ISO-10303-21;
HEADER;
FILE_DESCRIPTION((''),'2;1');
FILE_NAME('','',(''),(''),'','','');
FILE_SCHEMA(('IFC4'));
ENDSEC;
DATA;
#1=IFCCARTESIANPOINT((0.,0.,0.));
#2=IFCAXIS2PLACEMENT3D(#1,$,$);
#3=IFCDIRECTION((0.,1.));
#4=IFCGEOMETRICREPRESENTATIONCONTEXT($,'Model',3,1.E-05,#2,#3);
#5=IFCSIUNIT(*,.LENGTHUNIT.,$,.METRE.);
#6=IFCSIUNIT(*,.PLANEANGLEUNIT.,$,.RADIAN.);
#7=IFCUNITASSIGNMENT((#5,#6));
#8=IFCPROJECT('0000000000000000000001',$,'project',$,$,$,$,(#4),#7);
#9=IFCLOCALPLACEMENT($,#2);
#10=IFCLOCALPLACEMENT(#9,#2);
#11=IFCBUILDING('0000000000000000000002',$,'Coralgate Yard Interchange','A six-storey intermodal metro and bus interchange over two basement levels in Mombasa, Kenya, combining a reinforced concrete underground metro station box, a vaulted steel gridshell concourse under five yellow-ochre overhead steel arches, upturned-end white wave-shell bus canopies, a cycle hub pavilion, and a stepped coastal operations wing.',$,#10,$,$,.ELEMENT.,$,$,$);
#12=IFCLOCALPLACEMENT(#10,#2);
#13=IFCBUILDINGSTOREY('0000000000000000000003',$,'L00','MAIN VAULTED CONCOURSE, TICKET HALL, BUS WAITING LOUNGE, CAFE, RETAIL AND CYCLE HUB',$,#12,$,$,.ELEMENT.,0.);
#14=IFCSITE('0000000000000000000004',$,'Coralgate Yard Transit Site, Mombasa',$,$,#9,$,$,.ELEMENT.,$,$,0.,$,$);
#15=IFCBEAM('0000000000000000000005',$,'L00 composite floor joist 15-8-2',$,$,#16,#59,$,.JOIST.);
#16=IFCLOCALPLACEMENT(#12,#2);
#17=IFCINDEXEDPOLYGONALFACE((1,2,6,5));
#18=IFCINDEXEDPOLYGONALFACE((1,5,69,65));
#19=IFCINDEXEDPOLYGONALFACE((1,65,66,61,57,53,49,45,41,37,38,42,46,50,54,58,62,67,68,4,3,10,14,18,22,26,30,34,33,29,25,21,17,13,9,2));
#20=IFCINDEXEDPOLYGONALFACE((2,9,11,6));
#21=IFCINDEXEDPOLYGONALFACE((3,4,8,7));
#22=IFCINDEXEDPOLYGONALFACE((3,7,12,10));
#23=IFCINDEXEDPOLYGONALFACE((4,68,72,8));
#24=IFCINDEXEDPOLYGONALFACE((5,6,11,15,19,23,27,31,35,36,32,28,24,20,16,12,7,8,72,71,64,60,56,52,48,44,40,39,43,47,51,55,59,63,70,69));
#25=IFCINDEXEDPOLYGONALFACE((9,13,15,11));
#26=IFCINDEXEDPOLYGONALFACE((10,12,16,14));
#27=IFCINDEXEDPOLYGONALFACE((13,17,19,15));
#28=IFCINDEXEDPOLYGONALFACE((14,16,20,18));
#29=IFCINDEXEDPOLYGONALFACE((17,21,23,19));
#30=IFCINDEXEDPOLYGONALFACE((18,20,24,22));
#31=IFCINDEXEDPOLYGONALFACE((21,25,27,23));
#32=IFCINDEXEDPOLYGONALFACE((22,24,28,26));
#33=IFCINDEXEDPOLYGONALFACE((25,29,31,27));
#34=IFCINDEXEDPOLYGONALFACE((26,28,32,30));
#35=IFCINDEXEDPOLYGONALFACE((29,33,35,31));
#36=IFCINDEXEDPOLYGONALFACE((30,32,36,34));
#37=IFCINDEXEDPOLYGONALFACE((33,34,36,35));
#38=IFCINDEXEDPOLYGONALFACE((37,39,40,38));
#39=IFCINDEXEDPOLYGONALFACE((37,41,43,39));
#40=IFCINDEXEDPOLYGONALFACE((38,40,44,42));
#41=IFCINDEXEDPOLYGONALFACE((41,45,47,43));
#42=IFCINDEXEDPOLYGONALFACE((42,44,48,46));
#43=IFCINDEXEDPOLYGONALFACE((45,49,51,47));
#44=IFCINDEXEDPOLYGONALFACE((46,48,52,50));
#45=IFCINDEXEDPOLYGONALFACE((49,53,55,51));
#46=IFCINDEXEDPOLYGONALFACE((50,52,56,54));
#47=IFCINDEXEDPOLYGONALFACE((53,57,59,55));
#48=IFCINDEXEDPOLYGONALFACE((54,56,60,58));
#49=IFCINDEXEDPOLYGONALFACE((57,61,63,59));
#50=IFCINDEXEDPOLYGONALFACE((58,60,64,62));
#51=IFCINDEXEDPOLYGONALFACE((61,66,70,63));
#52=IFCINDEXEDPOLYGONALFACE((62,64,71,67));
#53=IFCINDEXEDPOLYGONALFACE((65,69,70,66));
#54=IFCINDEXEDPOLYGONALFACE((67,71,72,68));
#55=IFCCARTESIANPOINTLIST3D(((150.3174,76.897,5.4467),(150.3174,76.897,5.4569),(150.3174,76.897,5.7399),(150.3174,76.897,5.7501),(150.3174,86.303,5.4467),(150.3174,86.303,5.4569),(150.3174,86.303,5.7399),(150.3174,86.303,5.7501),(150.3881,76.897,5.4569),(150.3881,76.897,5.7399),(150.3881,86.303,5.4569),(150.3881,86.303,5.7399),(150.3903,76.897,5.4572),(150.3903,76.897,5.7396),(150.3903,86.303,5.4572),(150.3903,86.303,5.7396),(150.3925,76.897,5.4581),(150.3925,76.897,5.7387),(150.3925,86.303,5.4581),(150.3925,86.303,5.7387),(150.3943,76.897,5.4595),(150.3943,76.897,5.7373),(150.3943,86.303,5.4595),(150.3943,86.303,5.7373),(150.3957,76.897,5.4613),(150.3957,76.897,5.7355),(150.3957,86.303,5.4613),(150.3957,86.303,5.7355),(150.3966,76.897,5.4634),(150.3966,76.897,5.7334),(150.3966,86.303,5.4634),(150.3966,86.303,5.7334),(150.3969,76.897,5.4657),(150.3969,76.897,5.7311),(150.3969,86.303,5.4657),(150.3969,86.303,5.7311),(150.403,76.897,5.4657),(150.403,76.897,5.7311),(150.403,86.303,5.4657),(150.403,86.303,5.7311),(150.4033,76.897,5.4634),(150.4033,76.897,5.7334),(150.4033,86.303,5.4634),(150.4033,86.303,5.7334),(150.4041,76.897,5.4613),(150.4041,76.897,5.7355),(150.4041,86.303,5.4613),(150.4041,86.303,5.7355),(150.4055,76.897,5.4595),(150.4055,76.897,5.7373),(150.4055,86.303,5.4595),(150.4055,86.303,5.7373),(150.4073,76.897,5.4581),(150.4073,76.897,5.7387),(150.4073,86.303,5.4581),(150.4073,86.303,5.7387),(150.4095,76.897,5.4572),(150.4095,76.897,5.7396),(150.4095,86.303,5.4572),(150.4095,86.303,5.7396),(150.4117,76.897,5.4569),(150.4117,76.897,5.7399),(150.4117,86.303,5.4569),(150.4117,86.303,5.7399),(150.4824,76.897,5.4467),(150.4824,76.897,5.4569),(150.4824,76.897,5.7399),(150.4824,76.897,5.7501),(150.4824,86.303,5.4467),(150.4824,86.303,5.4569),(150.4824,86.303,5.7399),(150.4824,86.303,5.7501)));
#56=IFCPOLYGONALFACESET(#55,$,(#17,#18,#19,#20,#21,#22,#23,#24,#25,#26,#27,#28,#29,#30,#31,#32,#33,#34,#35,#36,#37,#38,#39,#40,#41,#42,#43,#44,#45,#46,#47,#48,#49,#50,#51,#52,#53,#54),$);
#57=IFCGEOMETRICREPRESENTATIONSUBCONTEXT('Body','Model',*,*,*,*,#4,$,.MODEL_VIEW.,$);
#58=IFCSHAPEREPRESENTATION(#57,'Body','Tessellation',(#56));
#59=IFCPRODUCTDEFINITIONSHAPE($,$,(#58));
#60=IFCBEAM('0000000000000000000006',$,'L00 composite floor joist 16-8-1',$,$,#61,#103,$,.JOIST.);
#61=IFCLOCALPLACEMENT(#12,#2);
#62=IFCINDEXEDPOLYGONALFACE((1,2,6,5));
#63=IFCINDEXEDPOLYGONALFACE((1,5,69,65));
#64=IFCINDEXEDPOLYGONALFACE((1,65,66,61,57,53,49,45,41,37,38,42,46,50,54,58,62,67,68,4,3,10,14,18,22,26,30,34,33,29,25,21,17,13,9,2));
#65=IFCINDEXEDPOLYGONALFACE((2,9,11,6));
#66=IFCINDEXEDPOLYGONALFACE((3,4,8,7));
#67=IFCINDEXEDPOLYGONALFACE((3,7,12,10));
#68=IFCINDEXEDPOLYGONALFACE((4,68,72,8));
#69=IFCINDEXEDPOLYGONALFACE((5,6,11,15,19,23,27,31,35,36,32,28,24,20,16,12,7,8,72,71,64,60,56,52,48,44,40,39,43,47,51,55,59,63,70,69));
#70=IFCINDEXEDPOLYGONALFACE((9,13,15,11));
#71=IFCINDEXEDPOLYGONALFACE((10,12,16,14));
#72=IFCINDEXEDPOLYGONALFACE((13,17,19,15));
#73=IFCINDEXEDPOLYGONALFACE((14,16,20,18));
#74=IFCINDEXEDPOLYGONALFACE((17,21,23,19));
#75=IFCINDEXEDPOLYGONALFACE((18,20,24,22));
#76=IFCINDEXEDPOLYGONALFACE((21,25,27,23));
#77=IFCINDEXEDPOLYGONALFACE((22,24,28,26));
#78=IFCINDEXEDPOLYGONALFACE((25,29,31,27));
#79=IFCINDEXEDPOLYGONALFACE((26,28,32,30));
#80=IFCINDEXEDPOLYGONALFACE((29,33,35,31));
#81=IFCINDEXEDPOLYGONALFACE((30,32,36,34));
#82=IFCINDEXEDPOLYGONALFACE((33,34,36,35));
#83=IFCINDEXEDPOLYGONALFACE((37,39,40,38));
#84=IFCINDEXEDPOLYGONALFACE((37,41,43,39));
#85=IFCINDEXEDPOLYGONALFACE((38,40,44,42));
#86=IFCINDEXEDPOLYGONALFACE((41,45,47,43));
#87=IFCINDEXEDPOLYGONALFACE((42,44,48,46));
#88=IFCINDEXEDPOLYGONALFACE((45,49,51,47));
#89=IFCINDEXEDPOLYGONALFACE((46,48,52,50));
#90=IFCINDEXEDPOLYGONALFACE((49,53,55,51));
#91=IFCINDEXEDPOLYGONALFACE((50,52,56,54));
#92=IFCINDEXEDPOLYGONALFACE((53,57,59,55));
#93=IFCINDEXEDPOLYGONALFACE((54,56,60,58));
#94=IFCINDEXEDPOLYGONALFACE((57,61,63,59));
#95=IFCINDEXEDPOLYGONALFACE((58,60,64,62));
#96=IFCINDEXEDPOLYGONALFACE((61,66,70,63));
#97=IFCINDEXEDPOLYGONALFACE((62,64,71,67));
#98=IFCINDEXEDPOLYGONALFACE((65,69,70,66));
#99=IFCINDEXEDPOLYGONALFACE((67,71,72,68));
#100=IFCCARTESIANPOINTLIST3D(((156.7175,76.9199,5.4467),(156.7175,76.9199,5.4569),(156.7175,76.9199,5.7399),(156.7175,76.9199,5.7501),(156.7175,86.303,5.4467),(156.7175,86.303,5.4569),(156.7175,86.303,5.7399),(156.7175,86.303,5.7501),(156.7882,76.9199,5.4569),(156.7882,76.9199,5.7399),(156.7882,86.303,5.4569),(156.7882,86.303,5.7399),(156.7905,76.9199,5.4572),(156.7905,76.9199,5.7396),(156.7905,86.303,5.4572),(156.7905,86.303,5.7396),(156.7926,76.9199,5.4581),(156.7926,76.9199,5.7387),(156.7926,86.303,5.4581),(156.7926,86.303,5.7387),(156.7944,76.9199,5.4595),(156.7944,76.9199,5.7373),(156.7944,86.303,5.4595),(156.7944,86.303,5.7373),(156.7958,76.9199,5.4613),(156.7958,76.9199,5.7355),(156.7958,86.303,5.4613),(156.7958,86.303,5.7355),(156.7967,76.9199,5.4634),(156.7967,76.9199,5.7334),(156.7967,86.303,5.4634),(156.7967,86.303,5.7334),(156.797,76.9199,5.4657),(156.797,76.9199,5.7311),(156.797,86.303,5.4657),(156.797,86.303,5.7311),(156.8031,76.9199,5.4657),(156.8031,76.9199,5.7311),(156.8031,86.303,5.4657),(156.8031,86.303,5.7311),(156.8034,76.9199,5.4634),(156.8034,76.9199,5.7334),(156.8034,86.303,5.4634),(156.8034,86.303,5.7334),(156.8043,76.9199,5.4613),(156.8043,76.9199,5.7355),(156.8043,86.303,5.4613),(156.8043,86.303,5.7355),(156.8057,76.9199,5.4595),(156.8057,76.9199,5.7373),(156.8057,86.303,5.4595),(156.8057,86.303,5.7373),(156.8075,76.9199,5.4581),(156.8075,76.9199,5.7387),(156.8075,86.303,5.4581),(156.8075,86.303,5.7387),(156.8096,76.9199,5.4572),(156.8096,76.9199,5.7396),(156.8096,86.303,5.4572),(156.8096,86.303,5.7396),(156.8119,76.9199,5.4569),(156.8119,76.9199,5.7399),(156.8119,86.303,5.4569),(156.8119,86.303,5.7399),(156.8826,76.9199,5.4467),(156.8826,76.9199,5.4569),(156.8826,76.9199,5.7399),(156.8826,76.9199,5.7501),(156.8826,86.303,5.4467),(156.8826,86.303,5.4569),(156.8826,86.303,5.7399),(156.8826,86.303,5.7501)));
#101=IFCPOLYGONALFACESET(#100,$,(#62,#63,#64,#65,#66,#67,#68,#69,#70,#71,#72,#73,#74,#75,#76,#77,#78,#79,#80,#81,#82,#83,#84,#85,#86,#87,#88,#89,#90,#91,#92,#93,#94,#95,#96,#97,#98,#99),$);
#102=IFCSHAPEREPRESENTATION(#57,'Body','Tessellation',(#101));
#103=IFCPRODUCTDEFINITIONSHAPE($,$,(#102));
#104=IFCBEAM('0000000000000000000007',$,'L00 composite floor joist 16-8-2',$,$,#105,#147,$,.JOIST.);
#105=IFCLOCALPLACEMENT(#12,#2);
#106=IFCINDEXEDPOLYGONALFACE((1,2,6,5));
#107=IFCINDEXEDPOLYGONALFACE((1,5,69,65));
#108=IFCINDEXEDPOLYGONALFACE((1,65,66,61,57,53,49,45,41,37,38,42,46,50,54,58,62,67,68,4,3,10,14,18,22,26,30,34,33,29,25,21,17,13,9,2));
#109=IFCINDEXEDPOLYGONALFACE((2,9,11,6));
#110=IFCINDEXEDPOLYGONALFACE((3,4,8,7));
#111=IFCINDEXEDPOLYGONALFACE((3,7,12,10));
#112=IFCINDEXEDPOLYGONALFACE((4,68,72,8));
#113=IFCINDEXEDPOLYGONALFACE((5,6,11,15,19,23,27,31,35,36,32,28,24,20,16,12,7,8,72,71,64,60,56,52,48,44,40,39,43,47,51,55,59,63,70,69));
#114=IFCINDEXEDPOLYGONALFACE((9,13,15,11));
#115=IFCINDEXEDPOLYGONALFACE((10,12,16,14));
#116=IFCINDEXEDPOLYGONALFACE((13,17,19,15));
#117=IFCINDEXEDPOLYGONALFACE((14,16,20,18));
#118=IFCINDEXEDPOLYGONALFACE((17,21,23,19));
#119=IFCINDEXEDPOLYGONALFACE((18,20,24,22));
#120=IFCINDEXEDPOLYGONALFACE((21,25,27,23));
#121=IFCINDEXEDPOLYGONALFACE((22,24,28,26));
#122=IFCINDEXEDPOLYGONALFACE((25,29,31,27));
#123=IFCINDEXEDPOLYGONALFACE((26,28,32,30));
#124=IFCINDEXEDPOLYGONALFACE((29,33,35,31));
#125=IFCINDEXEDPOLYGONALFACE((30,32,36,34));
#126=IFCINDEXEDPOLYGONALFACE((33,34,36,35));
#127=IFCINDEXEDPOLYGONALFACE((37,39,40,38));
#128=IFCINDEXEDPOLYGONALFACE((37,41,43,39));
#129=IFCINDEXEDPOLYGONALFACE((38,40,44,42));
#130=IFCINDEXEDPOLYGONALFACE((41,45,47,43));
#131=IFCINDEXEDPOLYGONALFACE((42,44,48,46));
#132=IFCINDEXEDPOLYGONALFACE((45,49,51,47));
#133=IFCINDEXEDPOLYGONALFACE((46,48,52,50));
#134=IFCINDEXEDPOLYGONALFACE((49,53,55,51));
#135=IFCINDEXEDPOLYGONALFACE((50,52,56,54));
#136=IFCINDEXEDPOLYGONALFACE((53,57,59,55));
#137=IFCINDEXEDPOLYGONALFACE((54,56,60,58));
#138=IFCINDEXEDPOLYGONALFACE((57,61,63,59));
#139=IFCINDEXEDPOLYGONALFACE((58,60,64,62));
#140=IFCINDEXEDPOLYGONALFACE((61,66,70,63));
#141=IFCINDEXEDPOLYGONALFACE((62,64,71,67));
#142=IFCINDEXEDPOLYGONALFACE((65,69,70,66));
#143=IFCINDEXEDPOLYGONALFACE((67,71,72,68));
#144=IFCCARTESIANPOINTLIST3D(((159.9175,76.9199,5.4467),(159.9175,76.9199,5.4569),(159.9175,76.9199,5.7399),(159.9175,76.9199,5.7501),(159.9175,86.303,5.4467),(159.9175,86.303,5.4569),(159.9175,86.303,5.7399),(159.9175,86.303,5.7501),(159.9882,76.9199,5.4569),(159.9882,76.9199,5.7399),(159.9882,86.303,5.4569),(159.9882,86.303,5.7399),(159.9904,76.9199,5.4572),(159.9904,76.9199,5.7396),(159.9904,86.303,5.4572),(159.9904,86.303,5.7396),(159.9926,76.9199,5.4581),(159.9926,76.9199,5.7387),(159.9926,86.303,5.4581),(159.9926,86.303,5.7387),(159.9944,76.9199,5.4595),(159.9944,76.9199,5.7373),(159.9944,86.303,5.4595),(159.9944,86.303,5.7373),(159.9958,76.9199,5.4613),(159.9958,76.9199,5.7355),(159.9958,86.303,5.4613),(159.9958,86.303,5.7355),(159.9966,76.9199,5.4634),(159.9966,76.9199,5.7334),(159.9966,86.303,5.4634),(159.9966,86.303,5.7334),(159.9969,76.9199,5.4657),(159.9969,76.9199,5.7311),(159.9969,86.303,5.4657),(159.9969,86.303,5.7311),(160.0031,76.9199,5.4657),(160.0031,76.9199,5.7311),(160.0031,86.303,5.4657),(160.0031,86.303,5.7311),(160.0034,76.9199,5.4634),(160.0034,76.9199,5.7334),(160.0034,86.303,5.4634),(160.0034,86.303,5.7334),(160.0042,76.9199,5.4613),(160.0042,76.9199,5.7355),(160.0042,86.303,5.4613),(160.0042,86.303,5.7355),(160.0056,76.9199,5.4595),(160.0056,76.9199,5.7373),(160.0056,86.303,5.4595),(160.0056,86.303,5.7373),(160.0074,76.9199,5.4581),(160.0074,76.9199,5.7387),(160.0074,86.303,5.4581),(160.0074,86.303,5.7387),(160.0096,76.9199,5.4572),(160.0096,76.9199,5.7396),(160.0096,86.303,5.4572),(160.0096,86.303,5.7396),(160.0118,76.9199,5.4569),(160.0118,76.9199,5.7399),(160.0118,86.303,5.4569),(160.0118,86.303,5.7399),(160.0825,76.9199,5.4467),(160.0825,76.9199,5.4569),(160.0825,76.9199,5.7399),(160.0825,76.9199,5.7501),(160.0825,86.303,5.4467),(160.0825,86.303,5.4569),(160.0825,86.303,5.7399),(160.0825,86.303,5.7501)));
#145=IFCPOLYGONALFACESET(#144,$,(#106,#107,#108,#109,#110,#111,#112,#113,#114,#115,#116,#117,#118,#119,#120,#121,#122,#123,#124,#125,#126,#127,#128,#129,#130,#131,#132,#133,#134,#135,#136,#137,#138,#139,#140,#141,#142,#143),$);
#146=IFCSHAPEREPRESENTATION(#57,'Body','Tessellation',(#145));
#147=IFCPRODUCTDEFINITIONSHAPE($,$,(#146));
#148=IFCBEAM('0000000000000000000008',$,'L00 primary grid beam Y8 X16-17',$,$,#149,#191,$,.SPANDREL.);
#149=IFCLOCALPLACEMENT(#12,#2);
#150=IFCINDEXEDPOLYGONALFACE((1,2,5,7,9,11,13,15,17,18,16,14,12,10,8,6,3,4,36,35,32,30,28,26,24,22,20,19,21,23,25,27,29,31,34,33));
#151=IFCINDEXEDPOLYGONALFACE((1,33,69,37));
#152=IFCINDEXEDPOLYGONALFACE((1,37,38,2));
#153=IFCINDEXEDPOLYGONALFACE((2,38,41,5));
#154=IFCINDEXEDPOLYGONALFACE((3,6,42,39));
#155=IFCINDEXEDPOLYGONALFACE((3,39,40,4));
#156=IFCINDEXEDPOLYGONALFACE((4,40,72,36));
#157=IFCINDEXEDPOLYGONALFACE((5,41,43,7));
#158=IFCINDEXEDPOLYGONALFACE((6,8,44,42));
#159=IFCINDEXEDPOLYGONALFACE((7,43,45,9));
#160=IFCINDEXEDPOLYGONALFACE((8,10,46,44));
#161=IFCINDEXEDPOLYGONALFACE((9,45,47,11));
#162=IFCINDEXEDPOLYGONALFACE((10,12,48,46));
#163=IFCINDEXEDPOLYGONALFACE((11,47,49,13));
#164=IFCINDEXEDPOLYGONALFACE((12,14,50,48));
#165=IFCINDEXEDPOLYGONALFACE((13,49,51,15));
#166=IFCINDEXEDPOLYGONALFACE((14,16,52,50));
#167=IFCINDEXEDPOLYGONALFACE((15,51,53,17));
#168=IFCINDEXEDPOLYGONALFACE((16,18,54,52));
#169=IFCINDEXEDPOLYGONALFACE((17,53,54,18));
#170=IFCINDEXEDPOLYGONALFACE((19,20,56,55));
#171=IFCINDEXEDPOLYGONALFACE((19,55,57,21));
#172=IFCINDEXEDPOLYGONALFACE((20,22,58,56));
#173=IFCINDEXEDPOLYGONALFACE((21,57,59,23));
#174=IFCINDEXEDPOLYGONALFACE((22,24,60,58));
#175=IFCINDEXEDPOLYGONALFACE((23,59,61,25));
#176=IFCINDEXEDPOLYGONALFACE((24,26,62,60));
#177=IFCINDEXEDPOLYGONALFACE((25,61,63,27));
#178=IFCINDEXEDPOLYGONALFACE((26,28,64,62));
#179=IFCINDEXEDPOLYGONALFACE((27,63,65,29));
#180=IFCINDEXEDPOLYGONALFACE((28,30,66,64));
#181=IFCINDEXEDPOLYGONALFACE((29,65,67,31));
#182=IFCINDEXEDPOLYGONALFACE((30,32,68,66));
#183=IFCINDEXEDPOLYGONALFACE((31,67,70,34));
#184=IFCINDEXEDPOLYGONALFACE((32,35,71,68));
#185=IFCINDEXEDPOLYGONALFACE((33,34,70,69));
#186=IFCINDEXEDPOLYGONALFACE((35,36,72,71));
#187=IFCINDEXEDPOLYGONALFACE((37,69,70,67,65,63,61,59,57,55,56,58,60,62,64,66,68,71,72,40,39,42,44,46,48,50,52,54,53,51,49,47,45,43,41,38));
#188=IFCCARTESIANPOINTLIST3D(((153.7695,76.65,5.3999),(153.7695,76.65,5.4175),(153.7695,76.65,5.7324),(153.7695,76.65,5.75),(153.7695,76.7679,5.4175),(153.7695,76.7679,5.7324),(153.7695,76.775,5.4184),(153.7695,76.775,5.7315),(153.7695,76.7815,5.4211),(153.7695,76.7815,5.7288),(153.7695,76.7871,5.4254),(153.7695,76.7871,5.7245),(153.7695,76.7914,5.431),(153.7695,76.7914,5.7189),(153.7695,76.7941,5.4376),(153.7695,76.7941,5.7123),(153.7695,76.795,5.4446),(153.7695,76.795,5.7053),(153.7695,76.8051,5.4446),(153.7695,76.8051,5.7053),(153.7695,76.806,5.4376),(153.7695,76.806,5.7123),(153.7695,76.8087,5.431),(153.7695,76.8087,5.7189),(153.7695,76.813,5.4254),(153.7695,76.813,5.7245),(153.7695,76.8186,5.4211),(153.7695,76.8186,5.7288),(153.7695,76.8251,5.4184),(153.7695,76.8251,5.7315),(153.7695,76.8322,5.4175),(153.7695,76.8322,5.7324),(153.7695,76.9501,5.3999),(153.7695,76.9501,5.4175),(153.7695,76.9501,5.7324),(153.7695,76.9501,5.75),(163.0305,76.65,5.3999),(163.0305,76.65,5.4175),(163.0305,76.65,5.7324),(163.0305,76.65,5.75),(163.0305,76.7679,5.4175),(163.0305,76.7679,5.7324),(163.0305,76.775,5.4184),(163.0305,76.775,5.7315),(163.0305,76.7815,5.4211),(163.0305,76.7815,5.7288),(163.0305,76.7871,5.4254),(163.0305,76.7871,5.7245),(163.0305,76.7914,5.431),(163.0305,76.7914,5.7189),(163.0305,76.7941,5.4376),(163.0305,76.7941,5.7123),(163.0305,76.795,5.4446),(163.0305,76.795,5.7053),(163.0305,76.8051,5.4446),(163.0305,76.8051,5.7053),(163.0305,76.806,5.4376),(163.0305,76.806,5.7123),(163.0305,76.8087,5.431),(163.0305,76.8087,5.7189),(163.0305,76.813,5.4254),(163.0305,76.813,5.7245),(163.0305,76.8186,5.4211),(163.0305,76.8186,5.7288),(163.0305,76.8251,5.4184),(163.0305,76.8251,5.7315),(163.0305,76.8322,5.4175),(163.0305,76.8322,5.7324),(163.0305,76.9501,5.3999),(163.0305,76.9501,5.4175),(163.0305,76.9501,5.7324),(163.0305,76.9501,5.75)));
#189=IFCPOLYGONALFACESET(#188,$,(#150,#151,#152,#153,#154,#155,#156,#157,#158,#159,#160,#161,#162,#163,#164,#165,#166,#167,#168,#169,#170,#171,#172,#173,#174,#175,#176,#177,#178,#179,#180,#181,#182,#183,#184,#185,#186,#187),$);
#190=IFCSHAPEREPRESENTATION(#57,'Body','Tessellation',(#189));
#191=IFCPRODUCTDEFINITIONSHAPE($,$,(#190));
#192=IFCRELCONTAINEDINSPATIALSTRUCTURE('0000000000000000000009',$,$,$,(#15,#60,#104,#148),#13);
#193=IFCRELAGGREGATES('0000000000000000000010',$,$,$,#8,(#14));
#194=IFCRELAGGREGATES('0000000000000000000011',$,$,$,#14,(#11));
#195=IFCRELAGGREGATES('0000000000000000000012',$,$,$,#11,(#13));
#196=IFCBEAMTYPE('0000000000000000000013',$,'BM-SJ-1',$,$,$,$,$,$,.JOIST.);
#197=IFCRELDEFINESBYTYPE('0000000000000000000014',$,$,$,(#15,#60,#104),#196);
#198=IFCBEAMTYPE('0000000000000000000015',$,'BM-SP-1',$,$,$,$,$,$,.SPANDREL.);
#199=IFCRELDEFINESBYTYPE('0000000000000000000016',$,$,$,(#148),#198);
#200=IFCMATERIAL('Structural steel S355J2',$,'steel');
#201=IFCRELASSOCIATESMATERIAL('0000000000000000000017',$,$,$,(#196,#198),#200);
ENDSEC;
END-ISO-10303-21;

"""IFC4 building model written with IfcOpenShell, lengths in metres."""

from ifc_helpers import new_model, si_unit, direction, frame, origin, origin_2d, place, context, subcontext, project, spatial, i_section, extrude, material, material_profile, profile_set, type_object, element, save


model = new_model("IFC4")

# Units and contexts
model_context = context("Model", 3, precision=1e-05, world=origin(), true_north=direction((0.0, 1.0)))
body_context = subcontext(model_context, "Body", "Model", "MODEL_VIEW")
ifc_project = project(units=[si_unit("LENGTHUNIT", "METRE"), si_unit("PLANEANGLEUNIT", "RADIAN")], contexts=[model_context])

# Site, building, storey
site_placement = place(None, origin())
site = spatial("IfcSite", under=ifc_project, at=site_placement, Name="Coralgate Yard Transit Site, Mombasa", CompositionType="ELEMENT", RefElevation=0.0)
building_placement = place(site_placement, origin())
building = spatial("IfcBuilding", under=site, at=building_placement, Name="Coralgate Yard Interchange", Description="A six-storey intermodal metro and bus interchange over two basement levels in Mombasa, Kenya, combining a reinforced concrete underground metro station box, a vaulted steel gridshell concourse under five yellow-ochre overhead steel arches, upturned-end white wave-shell bus canopies, a cycle hub pavilion, and a stepped coastal operations wing.", CompositionType="ELEMENT")
storey_placement = place(building_placement, origin())
storey = spatial("IfcBuildingStorey", under=building, at=storey_placement, Name="L00", Description="MAIN VAULTED CONCOURSE, TICKET HALL, BUS WAITING LOUNGE, CAFE, RETAIL AND CYCLE HUB", CompositionType="ELEMENT", Elevation=0.0)

# Shared definitions
ifc_material_1 = material(Name="Structural steel S355J2", Category="steel")

# Beams
ifc_material_profile_1 = material_profile(ifc_material_1, i_section(OverallWidth=0.165, OverallDepth=0.3035, WebThickness=0.0061, FlangeThickness=0.0103, FilletRadius=0.0088, at=origin_2d()), Name="UB 305x165x40")
ifc_profile_set_1 = profile_set([ifc_material_profile_1], Name="Structural steel S355J2")
beam_type_1 = type_object("IfcBeamType", Name="BM-SJ-1", PredefinedType="JOIST", material=ifc_profile_set_1)
for number, where, z_axis, x_axis, name in (
    (1, (150.3999, 76.897, 5.5984), (0.0, 1.0, 0.0), (-1.0, 0.0, 0.0), "L00 composite floor joist 15-8-2"),
):
    element("IfcBeam", number, at=place(storey_placement, frame(where, z_axis=z_axis, x_axis=x_axis)), inside=storey, type_object=beam_type_1, Name=name, PredefinedType="JOIST", context=body_context, shape_type="SweptSolid", body=[
        extrude(i_section(OverallWidth=0.165, OverallDepth=0.3035, WebThickness=0.0061, FlangeThickness=0.0103, FilletRadius=0.0088, at=origin_2d()), origin(), (0.0, 0.0, 1.0), 9.406),
    ])
for number, where, z_axis, x_axis, name in (
    (2, (156.8, 76.9199, 5.5984), (0.0, 1.0, 0.0), (-1.0, 0.0, 0.0), "L00 composite floor joist 16-8-1"),
    (3, (160.0, 76.9199, 5.5984), (0.0, 1.0, 0.0), (-1.0, 0.0, 0.0), "L00 composite floor joist 16-8-2"),
):
    element("IfcBeam", number, at=place(storey_placement, frame(where, z_axis=z_axis, x_axis=x_axis)), inside=storey, type_object=beam_type_1, Name=name, PredefinedType="JOIST", context=body_context, shape_type="SweptSolid", body=[
        extrude(i_section(OverallWidth=0.165, OverallDepth=0.3035, WebThickness=0.0061, FlangeThickness=0.0103, FilletRadius=0.0088, at=origin_2d()), origin(), (0.0, 0.0, 1.0), 9.3831),
    ])
ifc_material_profile_2 = material_profile(ifc_material_1, i_section(OverallWidth=0.3, OverallDepth=0.3501, WebThickness=0.01, FlangeThickness=0.0176, FilletRadius=0.0271, at=origin_2d()), Name="HEA 360")
ifc_profile_set_2 = profile_set([ifc_material_profile_2], Name="Structural steel S355J2")
beam_type_2 = type_object("IfcBeamType", Name="BM-SP-1", PredefinedType="SPANDREL", material=ifc_profile_set_2)
beam_1_placement = place(storey_placement, frame((153.7695, 76.8, 5.575), z_axis=(1.0, 0.0, 0.0), x_axis=(0.0, 1.0, 0.0)))
element("IfcBeam", 4, at=beam_1_placement, inside=storey, type_object=beam_type_2, Name="L00 primary grid beam Y8 X16-17", PredefinedType="SPANDREL", context=body_context, shape_type="SweptSolid", body=[
    extrude(i_section(OverallWidth=0.3, OverallDepth=0.3501, WebThickness=0.01, FlangeThickness=0.0176, FilletRadius=0.0271, at=origin_2d()), origin(), (0.0, 0.0, 1.0), 9.261),
])

save(model, "model.ifc")
